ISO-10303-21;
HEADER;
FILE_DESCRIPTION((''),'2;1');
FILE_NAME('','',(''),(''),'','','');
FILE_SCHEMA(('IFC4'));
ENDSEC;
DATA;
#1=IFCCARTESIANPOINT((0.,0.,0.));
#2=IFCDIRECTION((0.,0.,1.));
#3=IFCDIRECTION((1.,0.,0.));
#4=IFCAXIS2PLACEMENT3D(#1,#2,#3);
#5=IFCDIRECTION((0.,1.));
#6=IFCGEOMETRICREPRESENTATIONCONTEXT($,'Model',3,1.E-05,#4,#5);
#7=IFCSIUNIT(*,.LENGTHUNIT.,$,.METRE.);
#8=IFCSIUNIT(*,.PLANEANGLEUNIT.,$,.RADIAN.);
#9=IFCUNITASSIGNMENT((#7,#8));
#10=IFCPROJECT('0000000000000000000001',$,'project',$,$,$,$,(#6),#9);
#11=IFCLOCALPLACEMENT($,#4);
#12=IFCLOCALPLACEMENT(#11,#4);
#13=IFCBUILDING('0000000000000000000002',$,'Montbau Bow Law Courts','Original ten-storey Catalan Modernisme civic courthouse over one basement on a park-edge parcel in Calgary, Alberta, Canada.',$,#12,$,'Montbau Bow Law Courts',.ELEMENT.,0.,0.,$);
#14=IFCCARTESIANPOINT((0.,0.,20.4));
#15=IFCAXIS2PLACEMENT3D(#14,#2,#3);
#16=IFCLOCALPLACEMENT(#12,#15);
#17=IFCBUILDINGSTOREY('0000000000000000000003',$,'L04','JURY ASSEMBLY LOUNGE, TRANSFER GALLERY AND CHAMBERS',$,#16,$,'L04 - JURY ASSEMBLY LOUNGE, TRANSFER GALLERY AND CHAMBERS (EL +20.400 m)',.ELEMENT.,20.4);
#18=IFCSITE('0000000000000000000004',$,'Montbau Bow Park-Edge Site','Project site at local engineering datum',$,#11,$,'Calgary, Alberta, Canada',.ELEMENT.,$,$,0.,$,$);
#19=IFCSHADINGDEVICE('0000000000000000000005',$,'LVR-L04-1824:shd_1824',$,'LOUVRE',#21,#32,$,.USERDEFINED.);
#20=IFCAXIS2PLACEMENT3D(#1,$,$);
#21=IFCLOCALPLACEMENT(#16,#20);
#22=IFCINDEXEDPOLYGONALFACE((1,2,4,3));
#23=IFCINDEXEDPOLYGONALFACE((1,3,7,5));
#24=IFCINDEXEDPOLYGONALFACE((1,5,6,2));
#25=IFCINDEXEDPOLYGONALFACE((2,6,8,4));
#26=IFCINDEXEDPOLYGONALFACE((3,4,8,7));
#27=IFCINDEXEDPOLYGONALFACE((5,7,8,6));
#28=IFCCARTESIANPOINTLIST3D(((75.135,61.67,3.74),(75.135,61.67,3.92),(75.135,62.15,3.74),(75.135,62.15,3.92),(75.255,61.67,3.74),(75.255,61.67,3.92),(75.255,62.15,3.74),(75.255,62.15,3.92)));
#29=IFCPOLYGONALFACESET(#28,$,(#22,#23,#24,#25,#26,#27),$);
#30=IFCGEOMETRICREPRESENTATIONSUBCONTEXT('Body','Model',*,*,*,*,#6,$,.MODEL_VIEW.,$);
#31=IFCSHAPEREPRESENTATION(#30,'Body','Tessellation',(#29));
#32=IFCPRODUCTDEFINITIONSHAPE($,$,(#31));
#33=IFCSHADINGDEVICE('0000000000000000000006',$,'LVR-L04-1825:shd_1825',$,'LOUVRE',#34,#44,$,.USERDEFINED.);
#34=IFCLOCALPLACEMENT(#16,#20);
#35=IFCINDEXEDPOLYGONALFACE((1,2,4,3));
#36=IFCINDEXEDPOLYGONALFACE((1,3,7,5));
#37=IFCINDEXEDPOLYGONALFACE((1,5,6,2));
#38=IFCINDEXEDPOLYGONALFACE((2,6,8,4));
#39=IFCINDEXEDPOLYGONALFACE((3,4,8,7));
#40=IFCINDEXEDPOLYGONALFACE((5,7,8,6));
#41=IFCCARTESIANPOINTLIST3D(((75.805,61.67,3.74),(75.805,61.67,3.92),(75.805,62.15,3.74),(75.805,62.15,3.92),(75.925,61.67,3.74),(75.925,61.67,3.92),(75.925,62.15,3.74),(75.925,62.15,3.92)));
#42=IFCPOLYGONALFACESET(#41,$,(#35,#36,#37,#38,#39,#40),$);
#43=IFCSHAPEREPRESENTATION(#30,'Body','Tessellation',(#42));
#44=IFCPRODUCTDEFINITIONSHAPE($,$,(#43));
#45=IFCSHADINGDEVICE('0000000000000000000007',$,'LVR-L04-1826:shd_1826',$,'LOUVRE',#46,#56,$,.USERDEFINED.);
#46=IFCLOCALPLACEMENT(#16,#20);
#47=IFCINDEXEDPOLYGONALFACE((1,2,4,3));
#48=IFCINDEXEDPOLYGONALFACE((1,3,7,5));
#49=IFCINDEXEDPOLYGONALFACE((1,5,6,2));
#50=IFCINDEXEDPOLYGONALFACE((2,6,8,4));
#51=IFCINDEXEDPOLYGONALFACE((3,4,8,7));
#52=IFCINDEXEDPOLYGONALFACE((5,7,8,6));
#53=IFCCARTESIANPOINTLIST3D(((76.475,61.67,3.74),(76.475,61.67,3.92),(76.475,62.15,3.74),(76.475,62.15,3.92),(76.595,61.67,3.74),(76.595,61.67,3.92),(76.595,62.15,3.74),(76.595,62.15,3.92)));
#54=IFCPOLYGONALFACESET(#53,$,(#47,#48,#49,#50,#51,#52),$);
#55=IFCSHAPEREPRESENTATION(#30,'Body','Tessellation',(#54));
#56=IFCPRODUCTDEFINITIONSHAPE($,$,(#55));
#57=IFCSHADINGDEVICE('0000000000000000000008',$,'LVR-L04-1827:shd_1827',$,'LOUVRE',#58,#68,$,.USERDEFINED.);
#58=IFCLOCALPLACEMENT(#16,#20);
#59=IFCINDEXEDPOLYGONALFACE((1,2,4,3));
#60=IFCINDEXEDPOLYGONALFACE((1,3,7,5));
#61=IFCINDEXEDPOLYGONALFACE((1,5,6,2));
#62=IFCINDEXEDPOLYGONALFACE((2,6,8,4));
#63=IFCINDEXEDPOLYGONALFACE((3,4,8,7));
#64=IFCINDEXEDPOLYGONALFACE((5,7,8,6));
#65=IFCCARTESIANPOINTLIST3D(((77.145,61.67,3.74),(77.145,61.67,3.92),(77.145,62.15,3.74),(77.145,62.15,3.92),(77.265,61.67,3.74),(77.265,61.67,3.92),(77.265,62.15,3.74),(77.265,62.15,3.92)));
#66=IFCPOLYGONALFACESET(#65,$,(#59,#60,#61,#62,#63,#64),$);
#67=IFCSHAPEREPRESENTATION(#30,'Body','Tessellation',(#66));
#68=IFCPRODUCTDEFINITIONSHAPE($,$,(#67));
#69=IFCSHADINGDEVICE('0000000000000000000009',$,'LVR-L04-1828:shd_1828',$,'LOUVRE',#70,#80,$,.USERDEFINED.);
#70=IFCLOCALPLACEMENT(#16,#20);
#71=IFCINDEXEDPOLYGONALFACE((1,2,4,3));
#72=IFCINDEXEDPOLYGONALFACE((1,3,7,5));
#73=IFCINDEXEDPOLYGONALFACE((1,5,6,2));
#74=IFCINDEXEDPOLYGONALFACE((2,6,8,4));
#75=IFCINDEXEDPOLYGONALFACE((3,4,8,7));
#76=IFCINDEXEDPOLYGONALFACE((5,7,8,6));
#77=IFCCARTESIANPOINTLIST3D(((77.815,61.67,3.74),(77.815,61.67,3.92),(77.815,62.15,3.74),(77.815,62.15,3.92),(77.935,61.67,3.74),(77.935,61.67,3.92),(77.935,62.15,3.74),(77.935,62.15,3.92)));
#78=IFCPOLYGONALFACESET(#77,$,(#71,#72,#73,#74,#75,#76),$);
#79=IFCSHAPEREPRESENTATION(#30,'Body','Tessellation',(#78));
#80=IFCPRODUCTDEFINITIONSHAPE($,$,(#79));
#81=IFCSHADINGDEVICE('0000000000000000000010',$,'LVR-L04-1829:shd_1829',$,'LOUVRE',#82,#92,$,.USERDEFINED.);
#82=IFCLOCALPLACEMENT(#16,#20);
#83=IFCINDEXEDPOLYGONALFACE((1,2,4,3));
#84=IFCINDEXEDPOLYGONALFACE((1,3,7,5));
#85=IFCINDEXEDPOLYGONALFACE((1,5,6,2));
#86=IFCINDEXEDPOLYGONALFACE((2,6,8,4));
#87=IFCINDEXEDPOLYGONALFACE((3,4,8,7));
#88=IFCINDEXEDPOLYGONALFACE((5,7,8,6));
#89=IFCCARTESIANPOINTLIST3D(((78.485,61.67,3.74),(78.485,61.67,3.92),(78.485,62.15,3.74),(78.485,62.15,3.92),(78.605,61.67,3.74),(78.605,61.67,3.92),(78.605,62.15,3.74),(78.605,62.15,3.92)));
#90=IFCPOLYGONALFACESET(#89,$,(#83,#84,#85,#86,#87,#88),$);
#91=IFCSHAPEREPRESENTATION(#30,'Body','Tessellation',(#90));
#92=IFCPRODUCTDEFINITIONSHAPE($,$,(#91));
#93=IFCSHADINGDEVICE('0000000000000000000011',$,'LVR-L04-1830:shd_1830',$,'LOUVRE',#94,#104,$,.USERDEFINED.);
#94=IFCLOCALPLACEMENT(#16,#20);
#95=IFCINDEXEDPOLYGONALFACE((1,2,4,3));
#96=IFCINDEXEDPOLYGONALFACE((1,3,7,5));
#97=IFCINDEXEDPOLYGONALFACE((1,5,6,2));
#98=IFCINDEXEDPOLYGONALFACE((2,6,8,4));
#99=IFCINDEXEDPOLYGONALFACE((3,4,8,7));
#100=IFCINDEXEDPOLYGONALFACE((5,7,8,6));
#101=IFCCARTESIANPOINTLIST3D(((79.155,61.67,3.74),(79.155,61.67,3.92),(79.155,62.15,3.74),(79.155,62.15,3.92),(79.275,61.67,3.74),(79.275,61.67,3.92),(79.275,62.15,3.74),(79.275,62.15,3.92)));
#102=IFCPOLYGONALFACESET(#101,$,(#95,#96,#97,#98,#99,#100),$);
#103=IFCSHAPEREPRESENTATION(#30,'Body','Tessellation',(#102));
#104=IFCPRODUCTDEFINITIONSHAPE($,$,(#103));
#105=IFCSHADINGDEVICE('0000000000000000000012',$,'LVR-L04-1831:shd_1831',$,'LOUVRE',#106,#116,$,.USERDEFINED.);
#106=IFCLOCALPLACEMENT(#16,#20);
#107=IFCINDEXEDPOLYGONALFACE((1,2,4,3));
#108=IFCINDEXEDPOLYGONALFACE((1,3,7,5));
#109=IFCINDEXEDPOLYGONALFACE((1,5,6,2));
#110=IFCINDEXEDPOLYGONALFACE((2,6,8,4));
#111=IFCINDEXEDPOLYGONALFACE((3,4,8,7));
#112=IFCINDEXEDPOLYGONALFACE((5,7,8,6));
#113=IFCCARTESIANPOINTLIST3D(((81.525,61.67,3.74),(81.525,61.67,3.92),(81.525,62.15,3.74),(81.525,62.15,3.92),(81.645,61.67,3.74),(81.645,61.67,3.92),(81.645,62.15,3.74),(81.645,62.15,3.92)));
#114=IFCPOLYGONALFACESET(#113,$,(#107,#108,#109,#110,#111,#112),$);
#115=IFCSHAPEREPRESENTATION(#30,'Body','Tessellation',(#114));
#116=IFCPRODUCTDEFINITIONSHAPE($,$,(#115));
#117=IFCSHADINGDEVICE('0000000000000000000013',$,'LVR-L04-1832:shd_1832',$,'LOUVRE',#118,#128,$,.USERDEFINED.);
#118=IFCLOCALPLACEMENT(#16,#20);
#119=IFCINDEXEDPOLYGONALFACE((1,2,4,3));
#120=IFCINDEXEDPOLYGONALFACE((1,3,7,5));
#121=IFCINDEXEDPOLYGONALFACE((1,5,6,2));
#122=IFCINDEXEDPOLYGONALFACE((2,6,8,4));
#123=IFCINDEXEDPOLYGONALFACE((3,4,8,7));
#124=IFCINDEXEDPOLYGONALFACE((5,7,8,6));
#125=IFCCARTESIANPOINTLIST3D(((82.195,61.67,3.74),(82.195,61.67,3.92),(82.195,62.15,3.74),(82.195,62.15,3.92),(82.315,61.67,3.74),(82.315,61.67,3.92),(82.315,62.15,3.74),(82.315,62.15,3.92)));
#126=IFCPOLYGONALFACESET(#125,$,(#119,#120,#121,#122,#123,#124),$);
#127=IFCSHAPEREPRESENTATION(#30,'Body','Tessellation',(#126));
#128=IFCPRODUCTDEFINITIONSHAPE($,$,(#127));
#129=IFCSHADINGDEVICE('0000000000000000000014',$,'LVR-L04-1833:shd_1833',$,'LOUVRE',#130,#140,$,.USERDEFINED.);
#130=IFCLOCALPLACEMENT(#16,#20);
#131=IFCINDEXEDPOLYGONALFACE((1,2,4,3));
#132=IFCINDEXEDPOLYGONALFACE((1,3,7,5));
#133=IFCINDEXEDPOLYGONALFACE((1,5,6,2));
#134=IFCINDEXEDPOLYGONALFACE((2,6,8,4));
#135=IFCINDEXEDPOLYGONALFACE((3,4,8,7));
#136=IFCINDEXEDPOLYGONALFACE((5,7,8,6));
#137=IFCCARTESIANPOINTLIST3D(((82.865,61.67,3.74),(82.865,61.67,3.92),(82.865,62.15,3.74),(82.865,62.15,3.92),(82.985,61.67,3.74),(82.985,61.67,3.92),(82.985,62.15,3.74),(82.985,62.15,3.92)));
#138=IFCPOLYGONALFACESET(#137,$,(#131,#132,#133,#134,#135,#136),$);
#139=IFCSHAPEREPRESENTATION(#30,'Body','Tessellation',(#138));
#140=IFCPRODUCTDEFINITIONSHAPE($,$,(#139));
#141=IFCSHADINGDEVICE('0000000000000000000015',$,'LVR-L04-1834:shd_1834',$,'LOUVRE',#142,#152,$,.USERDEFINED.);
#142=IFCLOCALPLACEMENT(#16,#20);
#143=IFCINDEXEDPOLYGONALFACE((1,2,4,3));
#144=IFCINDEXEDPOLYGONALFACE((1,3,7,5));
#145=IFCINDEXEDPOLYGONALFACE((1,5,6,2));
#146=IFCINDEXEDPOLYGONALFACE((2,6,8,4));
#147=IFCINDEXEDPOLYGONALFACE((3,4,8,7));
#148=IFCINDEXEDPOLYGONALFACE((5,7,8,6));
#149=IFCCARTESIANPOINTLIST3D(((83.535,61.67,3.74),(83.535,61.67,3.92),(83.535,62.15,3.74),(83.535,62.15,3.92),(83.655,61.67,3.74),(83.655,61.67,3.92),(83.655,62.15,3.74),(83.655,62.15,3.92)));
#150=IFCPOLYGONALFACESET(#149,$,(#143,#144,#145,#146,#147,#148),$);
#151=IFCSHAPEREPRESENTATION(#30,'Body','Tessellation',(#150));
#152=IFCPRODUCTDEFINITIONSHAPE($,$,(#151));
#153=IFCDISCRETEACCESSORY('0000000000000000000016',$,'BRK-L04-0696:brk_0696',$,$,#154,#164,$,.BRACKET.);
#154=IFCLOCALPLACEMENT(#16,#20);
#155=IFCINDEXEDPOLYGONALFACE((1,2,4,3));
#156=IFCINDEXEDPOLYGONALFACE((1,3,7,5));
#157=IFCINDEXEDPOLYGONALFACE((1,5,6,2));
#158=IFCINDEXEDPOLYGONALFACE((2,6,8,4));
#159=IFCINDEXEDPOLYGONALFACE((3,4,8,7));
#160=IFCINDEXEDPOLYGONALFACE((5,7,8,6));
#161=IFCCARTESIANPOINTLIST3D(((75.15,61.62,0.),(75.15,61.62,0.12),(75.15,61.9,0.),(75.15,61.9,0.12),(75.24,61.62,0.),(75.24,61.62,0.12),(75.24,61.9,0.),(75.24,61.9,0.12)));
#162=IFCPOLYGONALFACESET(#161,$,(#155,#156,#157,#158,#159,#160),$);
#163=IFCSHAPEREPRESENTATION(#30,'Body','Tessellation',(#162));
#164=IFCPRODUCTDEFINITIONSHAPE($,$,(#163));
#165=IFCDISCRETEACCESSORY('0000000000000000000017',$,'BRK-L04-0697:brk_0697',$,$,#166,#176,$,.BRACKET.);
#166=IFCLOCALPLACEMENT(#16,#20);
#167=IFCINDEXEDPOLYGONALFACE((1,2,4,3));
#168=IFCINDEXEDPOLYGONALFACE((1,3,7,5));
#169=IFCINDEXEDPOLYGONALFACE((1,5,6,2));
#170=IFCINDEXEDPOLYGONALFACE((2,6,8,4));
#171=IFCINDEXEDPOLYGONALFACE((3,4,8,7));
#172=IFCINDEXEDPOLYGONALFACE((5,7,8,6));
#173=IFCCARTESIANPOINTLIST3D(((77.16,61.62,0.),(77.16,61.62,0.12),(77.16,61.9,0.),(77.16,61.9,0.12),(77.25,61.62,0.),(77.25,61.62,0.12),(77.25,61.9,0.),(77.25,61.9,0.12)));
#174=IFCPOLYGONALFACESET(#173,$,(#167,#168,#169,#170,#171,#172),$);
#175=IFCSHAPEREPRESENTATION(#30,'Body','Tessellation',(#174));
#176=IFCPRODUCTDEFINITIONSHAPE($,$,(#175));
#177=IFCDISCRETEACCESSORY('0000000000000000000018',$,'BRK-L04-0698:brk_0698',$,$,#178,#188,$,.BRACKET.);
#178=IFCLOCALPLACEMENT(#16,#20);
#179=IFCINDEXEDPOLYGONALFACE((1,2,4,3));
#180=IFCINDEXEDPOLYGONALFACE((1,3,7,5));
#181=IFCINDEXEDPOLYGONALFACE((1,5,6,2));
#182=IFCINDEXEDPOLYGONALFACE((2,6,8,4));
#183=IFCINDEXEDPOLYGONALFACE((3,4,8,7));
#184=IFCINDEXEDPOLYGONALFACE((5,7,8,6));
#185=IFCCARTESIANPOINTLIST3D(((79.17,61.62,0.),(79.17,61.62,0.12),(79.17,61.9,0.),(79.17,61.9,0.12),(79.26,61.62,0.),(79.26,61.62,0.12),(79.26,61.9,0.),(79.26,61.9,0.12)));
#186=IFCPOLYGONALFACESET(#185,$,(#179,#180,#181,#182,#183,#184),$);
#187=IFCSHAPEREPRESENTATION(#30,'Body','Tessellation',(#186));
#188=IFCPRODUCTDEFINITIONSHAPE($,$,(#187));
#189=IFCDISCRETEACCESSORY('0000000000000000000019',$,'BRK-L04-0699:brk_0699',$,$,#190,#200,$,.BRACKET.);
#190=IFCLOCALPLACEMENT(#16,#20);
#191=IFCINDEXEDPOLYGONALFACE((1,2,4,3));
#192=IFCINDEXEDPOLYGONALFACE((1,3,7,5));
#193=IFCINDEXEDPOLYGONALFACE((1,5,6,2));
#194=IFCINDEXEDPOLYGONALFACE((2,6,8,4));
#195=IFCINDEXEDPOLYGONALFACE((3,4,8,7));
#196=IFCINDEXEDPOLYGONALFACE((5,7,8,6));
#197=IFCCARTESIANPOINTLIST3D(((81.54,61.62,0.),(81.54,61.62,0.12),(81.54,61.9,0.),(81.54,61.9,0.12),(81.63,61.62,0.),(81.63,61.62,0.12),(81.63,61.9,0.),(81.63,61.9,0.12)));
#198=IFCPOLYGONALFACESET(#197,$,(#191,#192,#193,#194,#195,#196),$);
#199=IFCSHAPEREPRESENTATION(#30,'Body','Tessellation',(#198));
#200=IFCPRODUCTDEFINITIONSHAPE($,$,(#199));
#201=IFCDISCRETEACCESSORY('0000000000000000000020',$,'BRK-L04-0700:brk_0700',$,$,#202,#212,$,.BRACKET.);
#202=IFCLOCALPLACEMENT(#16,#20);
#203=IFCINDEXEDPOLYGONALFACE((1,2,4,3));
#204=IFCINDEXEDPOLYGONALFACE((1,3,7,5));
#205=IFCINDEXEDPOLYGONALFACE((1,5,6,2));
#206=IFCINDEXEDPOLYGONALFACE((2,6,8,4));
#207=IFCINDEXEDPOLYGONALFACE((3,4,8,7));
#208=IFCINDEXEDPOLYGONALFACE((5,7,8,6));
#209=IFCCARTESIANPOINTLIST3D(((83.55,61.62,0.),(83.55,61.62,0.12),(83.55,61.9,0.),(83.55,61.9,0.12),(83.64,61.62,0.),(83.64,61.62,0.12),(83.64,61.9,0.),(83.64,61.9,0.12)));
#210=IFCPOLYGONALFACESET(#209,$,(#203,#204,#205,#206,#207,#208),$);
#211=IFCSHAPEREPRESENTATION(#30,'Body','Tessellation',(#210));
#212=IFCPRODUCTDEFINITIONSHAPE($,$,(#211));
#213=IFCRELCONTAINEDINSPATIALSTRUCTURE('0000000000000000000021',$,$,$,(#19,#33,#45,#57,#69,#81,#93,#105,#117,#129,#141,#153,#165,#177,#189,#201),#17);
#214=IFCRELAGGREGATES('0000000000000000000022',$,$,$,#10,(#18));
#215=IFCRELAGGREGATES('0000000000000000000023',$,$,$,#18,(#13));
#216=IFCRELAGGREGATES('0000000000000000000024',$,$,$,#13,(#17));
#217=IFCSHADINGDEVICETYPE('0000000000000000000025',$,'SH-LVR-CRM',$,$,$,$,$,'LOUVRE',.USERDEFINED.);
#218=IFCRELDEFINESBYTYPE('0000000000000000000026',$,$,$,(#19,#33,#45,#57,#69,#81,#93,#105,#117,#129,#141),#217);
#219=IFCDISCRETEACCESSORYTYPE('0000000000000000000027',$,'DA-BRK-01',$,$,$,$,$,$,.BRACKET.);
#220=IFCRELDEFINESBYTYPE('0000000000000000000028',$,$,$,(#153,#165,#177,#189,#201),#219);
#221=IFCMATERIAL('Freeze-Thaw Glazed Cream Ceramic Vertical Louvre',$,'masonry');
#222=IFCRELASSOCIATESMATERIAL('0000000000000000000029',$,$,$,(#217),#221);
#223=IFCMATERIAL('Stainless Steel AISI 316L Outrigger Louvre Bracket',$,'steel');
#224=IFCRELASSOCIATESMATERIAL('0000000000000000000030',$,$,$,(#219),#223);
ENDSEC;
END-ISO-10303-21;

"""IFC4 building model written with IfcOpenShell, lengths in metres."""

from ifc_helpers import new_model, si_unit, direction, frame, origin_with_axes, origin_2d_with_axis, place, context, subcontext, project, spatial, rectangle, extrude, material, type_object, element, save


model = new_model("IFC4")

# Units and contexts
model_context = context("Model", 3, precision=1e-05, world=origin_with_axes(), true_north=direction((0.0, 1.0)))
body_context = subcontext(model_context, "Body", "Model", "MODEL_VIEW")
ifc_project = project(units=[si_unit("LENGTHUNIT", "METRE"), si_unit("PLANEANGLEUNIT", "RADIAN")], contexts=[model_context])

# Site, building, storey
site_placement = place(None, origin_with_axes())
site = spatial("IfcSite", under=ifc_project, at=site_placement, Name="Montbau Bow Park-Edge Site", Description="Project site at local engineering datum", LongName="Calgary, Alberta, Canada", CompositionType="ELEMENT", RefElevation=0.0)
building_placement = place(site_placement, origin_with_axes())
building = spatial("IfcBuilding", under=site, at=building_placement, Name="Montbau Bow Law Courts", Description="Original ten-storey Catalan Modernisme civic courthouse over one basement on a park-edge parcel in Calgary, Alberta, Canada.", LongName="Montbau Bow Law Courts", CompositionType="ELEMENT", ElevationOfRefHeight=0.0, ElevationOfTerrain=0.0)
storey_placement = place(building_placement, frame((0.0, 0.0, 20.4), z_axis=(0.0, 0.0, 1.0), x_axis=(1.0, 0.0, 0.0)))
storey = spatial("IfcBuildingStorey", under=building, at=storey_placement, Name="L04", Description="JURY ASSEMBLY LOUNGE, TRANSFER GALLERY AND CHAMBERS", LongName="L04 - JURY ASSEMBLY LOUNGE, TRANSFER GALLERY AND CHAMBERS (EL +20.400 m)", CompositionType="ELEMENT", Elevation=20.4)

# Shading devices
ifc_material_1 = material(Name="Freeze-Thaw Glazed Cream Ceramic Vertical Louvre", Category="masonry")
shading_device_type = type_object("IfcShadingDeviceType", Name="SH-LVR-CRM", ElementType="LOUVRE", PredefinedType="USERDEFINED", material=ifc_material_1)
for number, where, z_axis, x_axis, name in (
    (1, (75.195, 61.91, 24.14), (0.0, 0.0, 1.0), (0.0, 1.0, 0.0), "LVR-L04-1824:shd_1824"),
    (2, (75.865, 61.91, 24.14), (0.0, 0.0, 1.0), (0.0, 1.0, 0.0), "LVR-L04-1825:shd_1825"),
    (3, (76.535, 61.91, 24.14), (0.0, 0.0, 1.0), (0.0, 1.0, 0.0), "LVR-L04-1826:shd_1826"),
    (4, (77.205, 61.91, 24.14), (0.0, 0.0, 1.0), (0.0, 1.0, 0.0), "LVR-L04-1827:shd_1827"),
    (5, (77.875, 61.91, 24.14), (0.0, 0.0, 1.0), (0.0, 1.0, 0.0), "LVR-L04-1828:shd_1828"),
    (6, (78.545, 61.91, 24.14), (0.0, 0.0, 1.0), (0.0, 1.0, 0.0), "LVR-L04-1829:shd_1829"),
    (7, (79.215, 61.91, 24.14), (0.0, 0.0, 1.0), (0.0, 1.0, 0.0), "LVR-L04-1830:shd_1830"),
    (8, (81.585, 61.91, 24.14), (0.0, 0.0, 1.0), (0.0, 1.0, 0.0), "LVR-L04-1831:shd_1831"),
    (9, (82.255, 61.91, 24.14), (0.0, 0.0, 1.0), (0.0, 1.0, 0.0), "LVR-L04-1832:shd_1832"),
    (10, (82.925, 61.91, 24.14), (0.0, 0.0, 1.0), (0.0, 1.0, 0.0), "LVR-L04-1833:shd_1833"),
    (11, (83.595, 61.91, 24.14), (0.0, 0.0, 1.0), (0.0, 1.0, 0.0), "LVR-L04-1834:shd_1834"),
):
    element("IfcShadingDevice", number, at=place(None, frame(where, z_axis=z_axis, x_axis=x_axis)), inside=storey, type_object=shading_device_type, Name=name, ObjectType="LOUVRE", PredefinedType="USERDEFINED", context=body_context, shape_type="SweptSolid", body=[
        extrude(rectangle(XDim=0.48, YDim=0.12, at=origin_2d_with_axis()), origin_with_axes(), (0.0, 0.0, 1.0), 0.18),
    ])

# Discrete accessories
ifc_material_2 = material(Name="Stainless Steel AISI 316L Outrigger Louvre Bracket", Category="steel")
discrete_accessory_type = type_object("IfcDiscreteAccessoryType", Name="DA-BRK-01", PredefinedType="BRACKET", material=ifc_material_2)
for number, where, z_axis, x_axis, name in (
    (12, (75.195, 61.76, 20.4), (0.0, 0.0, 1.0), (0.0, 1.0, 0.0), "BRK-L04-0696:brk_0696"),
    (13, (77.205, 61.76, 20.4), (0.0, 0.0, 1.0), (0.0, 1.0, 0.0), "BRK-L04-0697:brk_0697"),
    (14, (79.215, 61.76, 20.4), (0.0, 0.0, 1.0), (0.0, 1.0, 0.0), "BRK-L04-0698:brk_0698"),
    (15, (81.585, 61.76, 20.4), (0.0, 0.0, 1.0), (0.0, 1.0, 0.0), "BRK-L04-0699:brk_0699"),
    (16, (83.595, 61.76, 20.4), (0.0, 0.0, 1.0), (0.0, 1.0, 0.0), "BRK-L04-0700:brk_0700"),
):
    element("IfcDiscreteAccessory", number, at=place(None, frame(where, z_axis=z_axis, x_axis=x_axis)), inside=storey, type_object=discrete_accessory_type, Name=name, PredefinedType="BRACKET", context=body_context, shape_type="SweptSolid", body=[
        extrude(rectangle(XDim=0.28, YDim=0.09, at=origin_2d_with_axis()), origin_with_axes(), (0.0, 0.0, 1.0), 0.12),
    ])

save(model, "model.ifc")
